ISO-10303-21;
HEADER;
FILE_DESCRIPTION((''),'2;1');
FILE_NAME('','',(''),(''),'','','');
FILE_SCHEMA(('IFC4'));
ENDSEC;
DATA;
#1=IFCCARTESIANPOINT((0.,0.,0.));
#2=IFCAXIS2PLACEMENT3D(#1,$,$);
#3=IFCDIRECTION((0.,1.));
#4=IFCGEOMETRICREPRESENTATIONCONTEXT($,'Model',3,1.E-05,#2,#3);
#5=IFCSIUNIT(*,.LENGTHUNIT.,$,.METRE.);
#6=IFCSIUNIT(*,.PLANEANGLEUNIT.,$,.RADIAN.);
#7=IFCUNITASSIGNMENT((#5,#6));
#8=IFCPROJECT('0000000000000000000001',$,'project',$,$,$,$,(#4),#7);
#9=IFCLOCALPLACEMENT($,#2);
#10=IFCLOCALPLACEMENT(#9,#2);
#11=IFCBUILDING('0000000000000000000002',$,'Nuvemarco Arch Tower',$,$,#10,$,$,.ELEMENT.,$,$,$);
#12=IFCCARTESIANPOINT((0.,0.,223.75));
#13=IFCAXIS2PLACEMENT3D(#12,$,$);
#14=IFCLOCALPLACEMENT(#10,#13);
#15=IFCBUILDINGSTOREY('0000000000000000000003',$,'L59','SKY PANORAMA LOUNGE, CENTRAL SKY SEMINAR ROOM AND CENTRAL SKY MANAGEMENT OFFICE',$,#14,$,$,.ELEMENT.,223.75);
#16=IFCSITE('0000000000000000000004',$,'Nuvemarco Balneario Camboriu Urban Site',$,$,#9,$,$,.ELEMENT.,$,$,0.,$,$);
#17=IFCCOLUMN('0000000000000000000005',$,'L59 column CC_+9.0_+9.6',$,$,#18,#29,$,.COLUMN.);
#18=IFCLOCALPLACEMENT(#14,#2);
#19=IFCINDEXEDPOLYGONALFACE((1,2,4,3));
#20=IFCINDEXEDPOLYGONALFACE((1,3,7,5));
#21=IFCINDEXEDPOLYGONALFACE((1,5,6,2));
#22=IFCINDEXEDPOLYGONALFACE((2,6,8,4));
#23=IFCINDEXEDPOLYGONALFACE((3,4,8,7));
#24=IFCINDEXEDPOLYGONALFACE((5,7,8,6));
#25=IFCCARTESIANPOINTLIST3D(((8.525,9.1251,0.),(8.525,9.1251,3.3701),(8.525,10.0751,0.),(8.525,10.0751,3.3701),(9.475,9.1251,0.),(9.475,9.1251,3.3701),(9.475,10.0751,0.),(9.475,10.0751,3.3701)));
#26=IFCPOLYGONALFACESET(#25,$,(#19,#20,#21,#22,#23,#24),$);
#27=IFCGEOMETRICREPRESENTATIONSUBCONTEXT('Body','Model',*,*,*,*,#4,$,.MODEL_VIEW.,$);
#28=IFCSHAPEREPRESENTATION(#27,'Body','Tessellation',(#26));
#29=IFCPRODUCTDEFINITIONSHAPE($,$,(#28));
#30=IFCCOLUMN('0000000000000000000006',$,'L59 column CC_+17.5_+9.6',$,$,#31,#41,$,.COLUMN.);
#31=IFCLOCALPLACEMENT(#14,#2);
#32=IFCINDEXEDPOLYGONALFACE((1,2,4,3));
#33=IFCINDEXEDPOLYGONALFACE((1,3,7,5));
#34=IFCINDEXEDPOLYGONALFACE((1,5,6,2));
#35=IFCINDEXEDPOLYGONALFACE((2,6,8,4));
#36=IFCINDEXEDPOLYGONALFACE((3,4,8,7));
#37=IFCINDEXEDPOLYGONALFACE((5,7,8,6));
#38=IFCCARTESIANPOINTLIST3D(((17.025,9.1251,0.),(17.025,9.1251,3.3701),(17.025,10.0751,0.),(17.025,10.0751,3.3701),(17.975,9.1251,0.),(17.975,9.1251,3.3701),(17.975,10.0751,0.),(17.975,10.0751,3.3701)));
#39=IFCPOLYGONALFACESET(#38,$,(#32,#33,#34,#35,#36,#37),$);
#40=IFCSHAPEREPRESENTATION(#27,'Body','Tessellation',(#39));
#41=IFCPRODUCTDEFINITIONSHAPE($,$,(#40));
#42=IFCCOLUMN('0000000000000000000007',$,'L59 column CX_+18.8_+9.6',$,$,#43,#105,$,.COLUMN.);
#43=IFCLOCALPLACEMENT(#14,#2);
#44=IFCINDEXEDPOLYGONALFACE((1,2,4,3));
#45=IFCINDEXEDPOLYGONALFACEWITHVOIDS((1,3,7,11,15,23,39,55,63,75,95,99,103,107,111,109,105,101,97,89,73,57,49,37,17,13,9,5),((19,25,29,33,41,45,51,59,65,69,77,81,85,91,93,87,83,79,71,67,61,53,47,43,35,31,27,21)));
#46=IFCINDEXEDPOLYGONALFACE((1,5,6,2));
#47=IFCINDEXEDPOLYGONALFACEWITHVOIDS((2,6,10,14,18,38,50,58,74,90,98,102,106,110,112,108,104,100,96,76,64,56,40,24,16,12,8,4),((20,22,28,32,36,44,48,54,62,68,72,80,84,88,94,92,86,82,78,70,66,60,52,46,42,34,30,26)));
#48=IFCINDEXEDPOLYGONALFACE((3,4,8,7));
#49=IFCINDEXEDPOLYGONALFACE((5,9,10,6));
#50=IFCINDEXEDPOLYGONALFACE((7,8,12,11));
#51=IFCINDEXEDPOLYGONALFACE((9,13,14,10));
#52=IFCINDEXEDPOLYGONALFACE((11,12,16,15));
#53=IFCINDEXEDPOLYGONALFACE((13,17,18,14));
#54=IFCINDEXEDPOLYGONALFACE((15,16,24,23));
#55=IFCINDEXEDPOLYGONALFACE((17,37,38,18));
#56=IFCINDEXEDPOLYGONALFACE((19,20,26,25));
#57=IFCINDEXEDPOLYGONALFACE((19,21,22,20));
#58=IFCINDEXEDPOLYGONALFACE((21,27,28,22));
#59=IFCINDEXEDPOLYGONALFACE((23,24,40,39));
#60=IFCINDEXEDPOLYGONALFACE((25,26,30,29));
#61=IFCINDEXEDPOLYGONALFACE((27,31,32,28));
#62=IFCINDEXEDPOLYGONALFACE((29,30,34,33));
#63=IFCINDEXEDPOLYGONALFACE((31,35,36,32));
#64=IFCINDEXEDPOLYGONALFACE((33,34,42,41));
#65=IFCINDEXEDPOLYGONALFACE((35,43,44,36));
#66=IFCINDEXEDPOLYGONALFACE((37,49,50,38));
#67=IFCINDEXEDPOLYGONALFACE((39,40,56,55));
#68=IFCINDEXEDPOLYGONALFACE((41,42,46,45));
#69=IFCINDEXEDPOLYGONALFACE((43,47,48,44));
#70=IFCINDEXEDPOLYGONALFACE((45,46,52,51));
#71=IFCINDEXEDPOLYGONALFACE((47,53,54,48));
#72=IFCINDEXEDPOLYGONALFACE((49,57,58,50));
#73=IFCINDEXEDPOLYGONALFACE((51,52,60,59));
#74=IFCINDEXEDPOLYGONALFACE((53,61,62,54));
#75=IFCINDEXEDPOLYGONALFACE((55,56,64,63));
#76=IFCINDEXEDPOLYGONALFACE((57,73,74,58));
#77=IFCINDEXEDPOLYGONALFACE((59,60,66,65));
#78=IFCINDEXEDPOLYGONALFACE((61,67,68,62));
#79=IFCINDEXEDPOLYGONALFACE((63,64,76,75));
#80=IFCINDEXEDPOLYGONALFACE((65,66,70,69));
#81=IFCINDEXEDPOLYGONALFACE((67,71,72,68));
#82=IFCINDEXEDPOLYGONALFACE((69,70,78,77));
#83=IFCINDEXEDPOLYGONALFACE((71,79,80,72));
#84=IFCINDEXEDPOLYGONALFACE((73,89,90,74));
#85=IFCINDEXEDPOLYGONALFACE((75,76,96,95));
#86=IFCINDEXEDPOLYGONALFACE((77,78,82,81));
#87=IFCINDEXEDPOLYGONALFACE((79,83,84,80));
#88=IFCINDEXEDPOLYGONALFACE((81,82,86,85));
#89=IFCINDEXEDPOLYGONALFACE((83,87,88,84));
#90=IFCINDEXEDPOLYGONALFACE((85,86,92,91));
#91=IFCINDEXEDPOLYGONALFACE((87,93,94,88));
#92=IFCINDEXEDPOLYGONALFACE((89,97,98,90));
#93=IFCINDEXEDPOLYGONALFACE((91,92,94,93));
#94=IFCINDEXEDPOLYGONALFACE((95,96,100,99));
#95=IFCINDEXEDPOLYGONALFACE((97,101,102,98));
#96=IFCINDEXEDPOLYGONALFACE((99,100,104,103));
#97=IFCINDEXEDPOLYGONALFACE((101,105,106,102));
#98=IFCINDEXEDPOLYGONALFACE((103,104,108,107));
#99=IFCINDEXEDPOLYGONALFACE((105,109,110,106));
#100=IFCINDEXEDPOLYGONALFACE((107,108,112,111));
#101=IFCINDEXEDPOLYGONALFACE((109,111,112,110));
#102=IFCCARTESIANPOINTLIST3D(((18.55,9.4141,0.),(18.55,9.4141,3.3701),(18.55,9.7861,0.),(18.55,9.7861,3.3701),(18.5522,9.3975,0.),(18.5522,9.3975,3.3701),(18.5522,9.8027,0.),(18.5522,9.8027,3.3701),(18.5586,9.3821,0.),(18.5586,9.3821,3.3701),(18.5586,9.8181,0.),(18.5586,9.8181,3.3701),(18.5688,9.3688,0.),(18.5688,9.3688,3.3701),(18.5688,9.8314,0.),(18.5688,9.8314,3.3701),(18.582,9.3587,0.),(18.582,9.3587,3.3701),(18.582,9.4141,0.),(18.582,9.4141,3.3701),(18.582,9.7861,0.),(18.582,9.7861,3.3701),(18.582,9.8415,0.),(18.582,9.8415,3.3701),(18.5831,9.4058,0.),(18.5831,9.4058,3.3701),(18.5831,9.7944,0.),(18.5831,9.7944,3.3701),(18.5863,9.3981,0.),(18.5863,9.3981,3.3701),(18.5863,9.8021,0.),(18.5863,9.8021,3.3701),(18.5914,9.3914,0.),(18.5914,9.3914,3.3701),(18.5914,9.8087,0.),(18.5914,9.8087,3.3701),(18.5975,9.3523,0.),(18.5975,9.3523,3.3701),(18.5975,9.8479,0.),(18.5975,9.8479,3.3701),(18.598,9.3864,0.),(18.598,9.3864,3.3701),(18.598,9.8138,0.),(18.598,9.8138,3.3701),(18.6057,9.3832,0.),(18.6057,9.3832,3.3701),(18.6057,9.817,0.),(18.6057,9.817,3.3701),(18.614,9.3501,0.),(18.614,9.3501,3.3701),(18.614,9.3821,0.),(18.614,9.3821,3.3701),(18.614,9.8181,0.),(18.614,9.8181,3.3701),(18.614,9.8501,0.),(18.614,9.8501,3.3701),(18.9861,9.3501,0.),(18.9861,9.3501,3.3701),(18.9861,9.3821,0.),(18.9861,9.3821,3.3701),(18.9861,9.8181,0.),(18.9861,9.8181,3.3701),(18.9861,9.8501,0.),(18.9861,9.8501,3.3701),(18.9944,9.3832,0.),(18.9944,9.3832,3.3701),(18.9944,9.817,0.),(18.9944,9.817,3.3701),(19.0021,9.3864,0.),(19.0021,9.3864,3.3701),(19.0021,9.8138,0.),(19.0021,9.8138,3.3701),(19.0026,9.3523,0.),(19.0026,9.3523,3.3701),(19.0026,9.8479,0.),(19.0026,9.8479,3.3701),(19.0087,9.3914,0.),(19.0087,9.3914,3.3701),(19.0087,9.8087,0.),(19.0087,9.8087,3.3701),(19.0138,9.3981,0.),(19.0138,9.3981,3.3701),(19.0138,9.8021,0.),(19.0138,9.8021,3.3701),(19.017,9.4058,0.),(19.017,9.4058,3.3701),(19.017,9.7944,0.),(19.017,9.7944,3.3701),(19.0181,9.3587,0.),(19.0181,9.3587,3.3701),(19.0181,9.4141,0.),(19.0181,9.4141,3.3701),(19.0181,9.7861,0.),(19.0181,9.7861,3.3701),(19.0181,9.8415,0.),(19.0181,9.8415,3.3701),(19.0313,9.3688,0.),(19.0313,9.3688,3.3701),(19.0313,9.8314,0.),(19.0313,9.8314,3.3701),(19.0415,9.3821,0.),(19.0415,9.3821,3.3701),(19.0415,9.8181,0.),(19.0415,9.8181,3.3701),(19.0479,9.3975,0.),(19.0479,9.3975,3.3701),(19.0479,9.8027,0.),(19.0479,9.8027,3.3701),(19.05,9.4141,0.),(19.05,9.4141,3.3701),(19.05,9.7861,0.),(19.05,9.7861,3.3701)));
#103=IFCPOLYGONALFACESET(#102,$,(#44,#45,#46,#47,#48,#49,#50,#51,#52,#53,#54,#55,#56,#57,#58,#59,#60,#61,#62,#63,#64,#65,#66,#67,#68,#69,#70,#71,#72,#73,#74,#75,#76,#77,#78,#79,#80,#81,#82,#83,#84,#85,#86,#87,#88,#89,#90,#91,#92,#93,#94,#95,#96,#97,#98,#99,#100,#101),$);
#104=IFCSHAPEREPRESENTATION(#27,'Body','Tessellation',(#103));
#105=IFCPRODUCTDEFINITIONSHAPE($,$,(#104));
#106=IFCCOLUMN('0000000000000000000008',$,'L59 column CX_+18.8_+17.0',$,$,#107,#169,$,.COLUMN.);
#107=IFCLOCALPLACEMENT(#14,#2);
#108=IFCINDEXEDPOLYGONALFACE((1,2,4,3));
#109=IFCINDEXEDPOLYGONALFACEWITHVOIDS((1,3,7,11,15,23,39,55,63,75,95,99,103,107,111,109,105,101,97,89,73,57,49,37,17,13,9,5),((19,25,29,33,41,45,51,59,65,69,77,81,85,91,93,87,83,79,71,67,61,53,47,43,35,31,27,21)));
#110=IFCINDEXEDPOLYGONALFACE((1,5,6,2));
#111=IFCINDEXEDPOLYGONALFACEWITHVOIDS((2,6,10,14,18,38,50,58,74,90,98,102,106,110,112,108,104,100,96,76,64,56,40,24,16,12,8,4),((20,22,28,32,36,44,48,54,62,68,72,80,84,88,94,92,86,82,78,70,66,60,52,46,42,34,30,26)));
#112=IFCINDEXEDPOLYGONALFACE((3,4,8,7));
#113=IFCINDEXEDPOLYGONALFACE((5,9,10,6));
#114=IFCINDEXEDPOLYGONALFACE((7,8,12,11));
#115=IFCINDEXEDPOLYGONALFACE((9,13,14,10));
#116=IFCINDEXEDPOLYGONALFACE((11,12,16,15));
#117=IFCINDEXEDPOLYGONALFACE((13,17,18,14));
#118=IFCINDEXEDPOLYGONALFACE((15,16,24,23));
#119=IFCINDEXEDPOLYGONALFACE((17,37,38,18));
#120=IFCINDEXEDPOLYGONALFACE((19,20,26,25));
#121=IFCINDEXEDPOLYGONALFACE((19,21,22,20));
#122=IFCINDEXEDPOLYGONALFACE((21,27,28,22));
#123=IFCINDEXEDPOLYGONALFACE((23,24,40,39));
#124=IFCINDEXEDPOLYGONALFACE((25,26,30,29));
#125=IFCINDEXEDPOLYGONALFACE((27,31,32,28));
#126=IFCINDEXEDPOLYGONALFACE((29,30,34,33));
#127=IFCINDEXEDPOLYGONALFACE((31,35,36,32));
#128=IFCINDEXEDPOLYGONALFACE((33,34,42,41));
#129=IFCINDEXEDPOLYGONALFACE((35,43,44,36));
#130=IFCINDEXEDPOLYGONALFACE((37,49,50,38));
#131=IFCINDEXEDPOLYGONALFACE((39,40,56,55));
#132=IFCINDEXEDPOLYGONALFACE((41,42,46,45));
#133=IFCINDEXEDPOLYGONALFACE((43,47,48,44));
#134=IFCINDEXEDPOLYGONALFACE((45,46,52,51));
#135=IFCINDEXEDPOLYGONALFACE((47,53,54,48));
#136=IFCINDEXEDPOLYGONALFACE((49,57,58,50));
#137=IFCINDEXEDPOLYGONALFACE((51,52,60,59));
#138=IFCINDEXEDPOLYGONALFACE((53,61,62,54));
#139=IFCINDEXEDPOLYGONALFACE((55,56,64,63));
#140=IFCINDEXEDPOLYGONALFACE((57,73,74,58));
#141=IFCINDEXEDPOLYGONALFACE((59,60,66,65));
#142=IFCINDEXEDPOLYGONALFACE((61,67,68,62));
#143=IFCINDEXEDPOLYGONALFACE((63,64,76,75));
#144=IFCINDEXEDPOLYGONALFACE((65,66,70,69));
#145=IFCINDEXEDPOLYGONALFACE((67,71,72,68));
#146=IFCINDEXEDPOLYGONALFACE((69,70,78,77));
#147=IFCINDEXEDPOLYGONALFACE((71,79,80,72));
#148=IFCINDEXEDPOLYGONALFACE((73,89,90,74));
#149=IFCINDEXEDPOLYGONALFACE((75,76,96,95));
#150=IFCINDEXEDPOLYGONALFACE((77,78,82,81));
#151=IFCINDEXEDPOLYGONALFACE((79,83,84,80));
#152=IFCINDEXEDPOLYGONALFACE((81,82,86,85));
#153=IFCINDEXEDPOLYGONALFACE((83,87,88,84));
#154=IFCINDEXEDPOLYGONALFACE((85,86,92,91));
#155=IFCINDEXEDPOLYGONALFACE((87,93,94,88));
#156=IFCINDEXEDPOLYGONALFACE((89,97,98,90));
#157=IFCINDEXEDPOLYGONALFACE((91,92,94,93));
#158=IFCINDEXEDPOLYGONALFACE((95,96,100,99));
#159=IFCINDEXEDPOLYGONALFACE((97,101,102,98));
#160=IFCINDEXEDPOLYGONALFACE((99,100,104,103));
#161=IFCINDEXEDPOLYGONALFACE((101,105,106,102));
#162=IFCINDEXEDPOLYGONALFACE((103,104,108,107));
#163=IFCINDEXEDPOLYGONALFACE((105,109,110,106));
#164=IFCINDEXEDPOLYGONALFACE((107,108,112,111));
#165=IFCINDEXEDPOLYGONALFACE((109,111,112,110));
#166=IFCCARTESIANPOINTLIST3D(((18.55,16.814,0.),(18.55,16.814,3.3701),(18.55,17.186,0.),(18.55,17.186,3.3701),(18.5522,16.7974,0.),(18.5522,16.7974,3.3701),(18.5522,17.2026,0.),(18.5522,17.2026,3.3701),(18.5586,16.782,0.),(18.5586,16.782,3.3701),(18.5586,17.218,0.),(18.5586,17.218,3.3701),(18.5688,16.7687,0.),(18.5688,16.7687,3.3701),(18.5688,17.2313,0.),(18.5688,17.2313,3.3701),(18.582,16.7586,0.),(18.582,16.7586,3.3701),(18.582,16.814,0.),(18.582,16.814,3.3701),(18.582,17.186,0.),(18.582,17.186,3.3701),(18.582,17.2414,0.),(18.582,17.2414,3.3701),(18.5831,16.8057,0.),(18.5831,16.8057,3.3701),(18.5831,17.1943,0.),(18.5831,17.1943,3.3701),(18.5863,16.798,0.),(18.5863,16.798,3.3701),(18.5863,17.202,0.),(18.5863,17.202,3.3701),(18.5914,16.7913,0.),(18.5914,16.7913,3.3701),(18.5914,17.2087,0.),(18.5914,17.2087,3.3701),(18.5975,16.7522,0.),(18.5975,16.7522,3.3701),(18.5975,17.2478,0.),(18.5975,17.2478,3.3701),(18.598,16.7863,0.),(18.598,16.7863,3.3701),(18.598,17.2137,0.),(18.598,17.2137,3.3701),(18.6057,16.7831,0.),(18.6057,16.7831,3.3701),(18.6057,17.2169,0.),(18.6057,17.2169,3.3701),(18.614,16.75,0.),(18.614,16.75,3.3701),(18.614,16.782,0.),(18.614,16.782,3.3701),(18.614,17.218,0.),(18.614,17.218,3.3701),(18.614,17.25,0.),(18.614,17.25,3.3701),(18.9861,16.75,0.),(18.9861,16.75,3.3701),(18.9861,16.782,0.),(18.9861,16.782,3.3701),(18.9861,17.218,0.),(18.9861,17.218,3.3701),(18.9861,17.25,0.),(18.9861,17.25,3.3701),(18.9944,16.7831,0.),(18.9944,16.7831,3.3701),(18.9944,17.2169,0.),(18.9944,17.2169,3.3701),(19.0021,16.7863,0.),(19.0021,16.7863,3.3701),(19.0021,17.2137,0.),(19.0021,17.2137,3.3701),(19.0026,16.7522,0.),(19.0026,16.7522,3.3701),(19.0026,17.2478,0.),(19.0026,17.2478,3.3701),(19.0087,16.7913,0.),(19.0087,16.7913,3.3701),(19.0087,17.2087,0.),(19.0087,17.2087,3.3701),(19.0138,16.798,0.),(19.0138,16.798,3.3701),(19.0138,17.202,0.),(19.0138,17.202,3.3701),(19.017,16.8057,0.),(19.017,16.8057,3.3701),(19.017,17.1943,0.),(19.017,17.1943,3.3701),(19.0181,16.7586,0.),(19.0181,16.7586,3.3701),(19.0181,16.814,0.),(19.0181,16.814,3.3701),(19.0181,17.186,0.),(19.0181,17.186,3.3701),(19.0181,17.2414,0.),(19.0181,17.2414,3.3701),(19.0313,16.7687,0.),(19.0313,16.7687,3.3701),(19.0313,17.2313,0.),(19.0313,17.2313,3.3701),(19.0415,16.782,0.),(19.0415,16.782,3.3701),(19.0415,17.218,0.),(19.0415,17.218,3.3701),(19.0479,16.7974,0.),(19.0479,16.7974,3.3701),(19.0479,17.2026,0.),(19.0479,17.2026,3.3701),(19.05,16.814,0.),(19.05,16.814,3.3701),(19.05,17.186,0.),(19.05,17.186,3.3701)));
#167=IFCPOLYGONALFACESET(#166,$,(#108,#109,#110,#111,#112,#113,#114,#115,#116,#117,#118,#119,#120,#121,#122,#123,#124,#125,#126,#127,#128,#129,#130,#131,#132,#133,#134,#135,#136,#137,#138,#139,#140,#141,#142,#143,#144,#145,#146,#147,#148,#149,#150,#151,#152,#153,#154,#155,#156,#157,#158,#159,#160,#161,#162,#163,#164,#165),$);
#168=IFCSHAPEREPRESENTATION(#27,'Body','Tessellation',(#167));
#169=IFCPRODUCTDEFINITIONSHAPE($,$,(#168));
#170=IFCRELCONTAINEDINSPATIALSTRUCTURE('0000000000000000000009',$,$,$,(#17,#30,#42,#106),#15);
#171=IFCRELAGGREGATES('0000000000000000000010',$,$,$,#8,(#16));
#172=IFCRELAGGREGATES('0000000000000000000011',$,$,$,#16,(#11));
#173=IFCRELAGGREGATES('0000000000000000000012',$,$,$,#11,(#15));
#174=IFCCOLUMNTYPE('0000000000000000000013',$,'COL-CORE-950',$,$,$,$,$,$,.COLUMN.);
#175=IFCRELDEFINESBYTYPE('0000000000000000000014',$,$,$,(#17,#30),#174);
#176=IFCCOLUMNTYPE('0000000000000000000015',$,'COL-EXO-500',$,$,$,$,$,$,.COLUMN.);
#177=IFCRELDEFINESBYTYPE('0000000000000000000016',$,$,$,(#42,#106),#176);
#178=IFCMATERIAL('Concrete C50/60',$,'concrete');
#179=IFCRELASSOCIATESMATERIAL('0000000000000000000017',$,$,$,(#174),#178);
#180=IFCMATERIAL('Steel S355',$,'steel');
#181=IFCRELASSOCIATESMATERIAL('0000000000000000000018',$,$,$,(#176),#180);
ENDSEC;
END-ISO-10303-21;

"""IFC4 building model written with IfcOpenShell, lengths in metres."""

from ifc_helpers import new_model, si_unit, direction, frame, origin, origin_2d, place, context, subcontext, project, spatial, rectangle, hollow_rectangle, extrude, material, material_profile, profile_set, type_object, element, save


model = new_model("IFC4")

# Units and contexts
model_context = context("Model", 3, precision=1e-05, world=origin(), true_north=direction((0.0, 1.0)))
body_context = subcontext(model_context, "Body", "Model", "MODEL_VIEW")
ifc_project = project(units=[si_unit("LENGTHUNIT", "METRE"), si_unit("PLANEANGLEUNIT", "RADIAN")], contexts=[model_context])

# Site, building, storey
site_placement = place(None, origin())
site = spatial("IfcSite", under=ifc_project, at=site_placement, Name="Nuvemarco Balneario Camboriu Urban Site", CompositionType="ELEMENT", RefElevation=0.0)
building_placement = place(site_placement, origin())
building = spatial("IfcBuilding", under=site, at=building_placement, Name="Nuvemarco Arch Tower", CompositionType="ELEMENT")
storey_placement = place(building_placement, frame((0.0, 0.0, 223.75)))
storey = spatial("IfcBuildingStorey", under=building, at=storey_placement, Name="L59", Description="SKY PANORAMA LOUNGE, CENTRAL SKY SEMINAR ROOM AND CENTRAL SKY MANAGEMENT OFFICE", CompositionType="ELEMENT", Elevation=223.75)

# Columns
ifc_material_1 = material(Name="Concrete C50/60", Category="concrete")
ifc_material_profile_1 = material_profile(ifc_material_1, rectangle(XDim=0.95, YDim=0.95, at=origin_2d()), Name="RC-COL-950x950")
ifc_profile_set_1 = profile_set([ifc_material_profile_1], Name="Concrete C50/60")
column_type_1 = type_object("IfcColumnType", Name="COL-CORE-950", PredefinedType="COLUMN", material=ifc_profile_set_1)
for number, where, z_axis, x_axis, name in (
    (1, (9.0, 9.6001, 0.0), (0.0, 0.0, 1.0), (1.0, 0.0, 0.0), "L59 column CC_+9.0_+9.6"),
    (2, (17.5, 9.6001, 0.0), (0.0, 0.0, 1.0), (1.0, 0.0, 0.0), "L59 column CC_+17.5_+9.6"),
):
    element("IfcColumn", number, at=place(storey_placement, frame(where, z_axis=z_axis, x_axis=x_axis)), inside=storey, type_object=column_type_1, Name=name, PredefinedType="COLUMN", context=body_context, shape_type="SweptSolid", body=[
        extrude(rectangle(XDim=0.95, YDim=0.95, at=origin_2d()), origin(), (0.0, 0.0, 1.0), 3.3701),
    ])
ifc_material_2 = material(Name="Steel S355", Category="steel")
ifc_material_profile_2 = material_profile(ifc_material_2, hollow_rectangle(XDim=0.5, YDim=0.5, WallThickness=0.032, InnerFilletRadius=0.032, OuterFilletRadius=0.064, at=origin_2d()), Name="SHS500x500x32")
ifc_profile_set_2 = profile_set([ifc_material_profile_2], Name="Steel S355")
column_type_2 = type_object("IfcColumnType", Name="COL-EXO-500", PredefinedType="COLUMN", material=ifc_profile_set_2)
for number, where, z_axis, x_axis, name in (
    (3, (18.8, 9.6001, 0.0), (0.0, 0.0, 1.0), (1.0, 0.0, 0.0), "L59 column CX_+18.8_+9.6"),
    (4, (18.8, 17.0, 0.0), (0.0, 0.0, 1.0), (1.0, 0.0, 0.0), "L59 column CX_+18.8_+17.0"),
):
    element("IfcColumn", number, at=place(storey_placement, frame(where, z_axis=z_axis, x_axis=x_axis)), inside=storey, type_object=column_type_2, Name=name, PredefinedType="COLUMN", context=body_context, shape_type="SweptSolid", body=[
        extrude(hollow_rectangle(XDim=0.5, YDim=0.5, WallThickness=0.032, InnerFilletRadius=0.032, OuterFilletRadius=0.064, at=origin_2d()), origin(), (0.0, 0.0, 1.0), 3.3701),
    ])

save(model, "model.ifc")
